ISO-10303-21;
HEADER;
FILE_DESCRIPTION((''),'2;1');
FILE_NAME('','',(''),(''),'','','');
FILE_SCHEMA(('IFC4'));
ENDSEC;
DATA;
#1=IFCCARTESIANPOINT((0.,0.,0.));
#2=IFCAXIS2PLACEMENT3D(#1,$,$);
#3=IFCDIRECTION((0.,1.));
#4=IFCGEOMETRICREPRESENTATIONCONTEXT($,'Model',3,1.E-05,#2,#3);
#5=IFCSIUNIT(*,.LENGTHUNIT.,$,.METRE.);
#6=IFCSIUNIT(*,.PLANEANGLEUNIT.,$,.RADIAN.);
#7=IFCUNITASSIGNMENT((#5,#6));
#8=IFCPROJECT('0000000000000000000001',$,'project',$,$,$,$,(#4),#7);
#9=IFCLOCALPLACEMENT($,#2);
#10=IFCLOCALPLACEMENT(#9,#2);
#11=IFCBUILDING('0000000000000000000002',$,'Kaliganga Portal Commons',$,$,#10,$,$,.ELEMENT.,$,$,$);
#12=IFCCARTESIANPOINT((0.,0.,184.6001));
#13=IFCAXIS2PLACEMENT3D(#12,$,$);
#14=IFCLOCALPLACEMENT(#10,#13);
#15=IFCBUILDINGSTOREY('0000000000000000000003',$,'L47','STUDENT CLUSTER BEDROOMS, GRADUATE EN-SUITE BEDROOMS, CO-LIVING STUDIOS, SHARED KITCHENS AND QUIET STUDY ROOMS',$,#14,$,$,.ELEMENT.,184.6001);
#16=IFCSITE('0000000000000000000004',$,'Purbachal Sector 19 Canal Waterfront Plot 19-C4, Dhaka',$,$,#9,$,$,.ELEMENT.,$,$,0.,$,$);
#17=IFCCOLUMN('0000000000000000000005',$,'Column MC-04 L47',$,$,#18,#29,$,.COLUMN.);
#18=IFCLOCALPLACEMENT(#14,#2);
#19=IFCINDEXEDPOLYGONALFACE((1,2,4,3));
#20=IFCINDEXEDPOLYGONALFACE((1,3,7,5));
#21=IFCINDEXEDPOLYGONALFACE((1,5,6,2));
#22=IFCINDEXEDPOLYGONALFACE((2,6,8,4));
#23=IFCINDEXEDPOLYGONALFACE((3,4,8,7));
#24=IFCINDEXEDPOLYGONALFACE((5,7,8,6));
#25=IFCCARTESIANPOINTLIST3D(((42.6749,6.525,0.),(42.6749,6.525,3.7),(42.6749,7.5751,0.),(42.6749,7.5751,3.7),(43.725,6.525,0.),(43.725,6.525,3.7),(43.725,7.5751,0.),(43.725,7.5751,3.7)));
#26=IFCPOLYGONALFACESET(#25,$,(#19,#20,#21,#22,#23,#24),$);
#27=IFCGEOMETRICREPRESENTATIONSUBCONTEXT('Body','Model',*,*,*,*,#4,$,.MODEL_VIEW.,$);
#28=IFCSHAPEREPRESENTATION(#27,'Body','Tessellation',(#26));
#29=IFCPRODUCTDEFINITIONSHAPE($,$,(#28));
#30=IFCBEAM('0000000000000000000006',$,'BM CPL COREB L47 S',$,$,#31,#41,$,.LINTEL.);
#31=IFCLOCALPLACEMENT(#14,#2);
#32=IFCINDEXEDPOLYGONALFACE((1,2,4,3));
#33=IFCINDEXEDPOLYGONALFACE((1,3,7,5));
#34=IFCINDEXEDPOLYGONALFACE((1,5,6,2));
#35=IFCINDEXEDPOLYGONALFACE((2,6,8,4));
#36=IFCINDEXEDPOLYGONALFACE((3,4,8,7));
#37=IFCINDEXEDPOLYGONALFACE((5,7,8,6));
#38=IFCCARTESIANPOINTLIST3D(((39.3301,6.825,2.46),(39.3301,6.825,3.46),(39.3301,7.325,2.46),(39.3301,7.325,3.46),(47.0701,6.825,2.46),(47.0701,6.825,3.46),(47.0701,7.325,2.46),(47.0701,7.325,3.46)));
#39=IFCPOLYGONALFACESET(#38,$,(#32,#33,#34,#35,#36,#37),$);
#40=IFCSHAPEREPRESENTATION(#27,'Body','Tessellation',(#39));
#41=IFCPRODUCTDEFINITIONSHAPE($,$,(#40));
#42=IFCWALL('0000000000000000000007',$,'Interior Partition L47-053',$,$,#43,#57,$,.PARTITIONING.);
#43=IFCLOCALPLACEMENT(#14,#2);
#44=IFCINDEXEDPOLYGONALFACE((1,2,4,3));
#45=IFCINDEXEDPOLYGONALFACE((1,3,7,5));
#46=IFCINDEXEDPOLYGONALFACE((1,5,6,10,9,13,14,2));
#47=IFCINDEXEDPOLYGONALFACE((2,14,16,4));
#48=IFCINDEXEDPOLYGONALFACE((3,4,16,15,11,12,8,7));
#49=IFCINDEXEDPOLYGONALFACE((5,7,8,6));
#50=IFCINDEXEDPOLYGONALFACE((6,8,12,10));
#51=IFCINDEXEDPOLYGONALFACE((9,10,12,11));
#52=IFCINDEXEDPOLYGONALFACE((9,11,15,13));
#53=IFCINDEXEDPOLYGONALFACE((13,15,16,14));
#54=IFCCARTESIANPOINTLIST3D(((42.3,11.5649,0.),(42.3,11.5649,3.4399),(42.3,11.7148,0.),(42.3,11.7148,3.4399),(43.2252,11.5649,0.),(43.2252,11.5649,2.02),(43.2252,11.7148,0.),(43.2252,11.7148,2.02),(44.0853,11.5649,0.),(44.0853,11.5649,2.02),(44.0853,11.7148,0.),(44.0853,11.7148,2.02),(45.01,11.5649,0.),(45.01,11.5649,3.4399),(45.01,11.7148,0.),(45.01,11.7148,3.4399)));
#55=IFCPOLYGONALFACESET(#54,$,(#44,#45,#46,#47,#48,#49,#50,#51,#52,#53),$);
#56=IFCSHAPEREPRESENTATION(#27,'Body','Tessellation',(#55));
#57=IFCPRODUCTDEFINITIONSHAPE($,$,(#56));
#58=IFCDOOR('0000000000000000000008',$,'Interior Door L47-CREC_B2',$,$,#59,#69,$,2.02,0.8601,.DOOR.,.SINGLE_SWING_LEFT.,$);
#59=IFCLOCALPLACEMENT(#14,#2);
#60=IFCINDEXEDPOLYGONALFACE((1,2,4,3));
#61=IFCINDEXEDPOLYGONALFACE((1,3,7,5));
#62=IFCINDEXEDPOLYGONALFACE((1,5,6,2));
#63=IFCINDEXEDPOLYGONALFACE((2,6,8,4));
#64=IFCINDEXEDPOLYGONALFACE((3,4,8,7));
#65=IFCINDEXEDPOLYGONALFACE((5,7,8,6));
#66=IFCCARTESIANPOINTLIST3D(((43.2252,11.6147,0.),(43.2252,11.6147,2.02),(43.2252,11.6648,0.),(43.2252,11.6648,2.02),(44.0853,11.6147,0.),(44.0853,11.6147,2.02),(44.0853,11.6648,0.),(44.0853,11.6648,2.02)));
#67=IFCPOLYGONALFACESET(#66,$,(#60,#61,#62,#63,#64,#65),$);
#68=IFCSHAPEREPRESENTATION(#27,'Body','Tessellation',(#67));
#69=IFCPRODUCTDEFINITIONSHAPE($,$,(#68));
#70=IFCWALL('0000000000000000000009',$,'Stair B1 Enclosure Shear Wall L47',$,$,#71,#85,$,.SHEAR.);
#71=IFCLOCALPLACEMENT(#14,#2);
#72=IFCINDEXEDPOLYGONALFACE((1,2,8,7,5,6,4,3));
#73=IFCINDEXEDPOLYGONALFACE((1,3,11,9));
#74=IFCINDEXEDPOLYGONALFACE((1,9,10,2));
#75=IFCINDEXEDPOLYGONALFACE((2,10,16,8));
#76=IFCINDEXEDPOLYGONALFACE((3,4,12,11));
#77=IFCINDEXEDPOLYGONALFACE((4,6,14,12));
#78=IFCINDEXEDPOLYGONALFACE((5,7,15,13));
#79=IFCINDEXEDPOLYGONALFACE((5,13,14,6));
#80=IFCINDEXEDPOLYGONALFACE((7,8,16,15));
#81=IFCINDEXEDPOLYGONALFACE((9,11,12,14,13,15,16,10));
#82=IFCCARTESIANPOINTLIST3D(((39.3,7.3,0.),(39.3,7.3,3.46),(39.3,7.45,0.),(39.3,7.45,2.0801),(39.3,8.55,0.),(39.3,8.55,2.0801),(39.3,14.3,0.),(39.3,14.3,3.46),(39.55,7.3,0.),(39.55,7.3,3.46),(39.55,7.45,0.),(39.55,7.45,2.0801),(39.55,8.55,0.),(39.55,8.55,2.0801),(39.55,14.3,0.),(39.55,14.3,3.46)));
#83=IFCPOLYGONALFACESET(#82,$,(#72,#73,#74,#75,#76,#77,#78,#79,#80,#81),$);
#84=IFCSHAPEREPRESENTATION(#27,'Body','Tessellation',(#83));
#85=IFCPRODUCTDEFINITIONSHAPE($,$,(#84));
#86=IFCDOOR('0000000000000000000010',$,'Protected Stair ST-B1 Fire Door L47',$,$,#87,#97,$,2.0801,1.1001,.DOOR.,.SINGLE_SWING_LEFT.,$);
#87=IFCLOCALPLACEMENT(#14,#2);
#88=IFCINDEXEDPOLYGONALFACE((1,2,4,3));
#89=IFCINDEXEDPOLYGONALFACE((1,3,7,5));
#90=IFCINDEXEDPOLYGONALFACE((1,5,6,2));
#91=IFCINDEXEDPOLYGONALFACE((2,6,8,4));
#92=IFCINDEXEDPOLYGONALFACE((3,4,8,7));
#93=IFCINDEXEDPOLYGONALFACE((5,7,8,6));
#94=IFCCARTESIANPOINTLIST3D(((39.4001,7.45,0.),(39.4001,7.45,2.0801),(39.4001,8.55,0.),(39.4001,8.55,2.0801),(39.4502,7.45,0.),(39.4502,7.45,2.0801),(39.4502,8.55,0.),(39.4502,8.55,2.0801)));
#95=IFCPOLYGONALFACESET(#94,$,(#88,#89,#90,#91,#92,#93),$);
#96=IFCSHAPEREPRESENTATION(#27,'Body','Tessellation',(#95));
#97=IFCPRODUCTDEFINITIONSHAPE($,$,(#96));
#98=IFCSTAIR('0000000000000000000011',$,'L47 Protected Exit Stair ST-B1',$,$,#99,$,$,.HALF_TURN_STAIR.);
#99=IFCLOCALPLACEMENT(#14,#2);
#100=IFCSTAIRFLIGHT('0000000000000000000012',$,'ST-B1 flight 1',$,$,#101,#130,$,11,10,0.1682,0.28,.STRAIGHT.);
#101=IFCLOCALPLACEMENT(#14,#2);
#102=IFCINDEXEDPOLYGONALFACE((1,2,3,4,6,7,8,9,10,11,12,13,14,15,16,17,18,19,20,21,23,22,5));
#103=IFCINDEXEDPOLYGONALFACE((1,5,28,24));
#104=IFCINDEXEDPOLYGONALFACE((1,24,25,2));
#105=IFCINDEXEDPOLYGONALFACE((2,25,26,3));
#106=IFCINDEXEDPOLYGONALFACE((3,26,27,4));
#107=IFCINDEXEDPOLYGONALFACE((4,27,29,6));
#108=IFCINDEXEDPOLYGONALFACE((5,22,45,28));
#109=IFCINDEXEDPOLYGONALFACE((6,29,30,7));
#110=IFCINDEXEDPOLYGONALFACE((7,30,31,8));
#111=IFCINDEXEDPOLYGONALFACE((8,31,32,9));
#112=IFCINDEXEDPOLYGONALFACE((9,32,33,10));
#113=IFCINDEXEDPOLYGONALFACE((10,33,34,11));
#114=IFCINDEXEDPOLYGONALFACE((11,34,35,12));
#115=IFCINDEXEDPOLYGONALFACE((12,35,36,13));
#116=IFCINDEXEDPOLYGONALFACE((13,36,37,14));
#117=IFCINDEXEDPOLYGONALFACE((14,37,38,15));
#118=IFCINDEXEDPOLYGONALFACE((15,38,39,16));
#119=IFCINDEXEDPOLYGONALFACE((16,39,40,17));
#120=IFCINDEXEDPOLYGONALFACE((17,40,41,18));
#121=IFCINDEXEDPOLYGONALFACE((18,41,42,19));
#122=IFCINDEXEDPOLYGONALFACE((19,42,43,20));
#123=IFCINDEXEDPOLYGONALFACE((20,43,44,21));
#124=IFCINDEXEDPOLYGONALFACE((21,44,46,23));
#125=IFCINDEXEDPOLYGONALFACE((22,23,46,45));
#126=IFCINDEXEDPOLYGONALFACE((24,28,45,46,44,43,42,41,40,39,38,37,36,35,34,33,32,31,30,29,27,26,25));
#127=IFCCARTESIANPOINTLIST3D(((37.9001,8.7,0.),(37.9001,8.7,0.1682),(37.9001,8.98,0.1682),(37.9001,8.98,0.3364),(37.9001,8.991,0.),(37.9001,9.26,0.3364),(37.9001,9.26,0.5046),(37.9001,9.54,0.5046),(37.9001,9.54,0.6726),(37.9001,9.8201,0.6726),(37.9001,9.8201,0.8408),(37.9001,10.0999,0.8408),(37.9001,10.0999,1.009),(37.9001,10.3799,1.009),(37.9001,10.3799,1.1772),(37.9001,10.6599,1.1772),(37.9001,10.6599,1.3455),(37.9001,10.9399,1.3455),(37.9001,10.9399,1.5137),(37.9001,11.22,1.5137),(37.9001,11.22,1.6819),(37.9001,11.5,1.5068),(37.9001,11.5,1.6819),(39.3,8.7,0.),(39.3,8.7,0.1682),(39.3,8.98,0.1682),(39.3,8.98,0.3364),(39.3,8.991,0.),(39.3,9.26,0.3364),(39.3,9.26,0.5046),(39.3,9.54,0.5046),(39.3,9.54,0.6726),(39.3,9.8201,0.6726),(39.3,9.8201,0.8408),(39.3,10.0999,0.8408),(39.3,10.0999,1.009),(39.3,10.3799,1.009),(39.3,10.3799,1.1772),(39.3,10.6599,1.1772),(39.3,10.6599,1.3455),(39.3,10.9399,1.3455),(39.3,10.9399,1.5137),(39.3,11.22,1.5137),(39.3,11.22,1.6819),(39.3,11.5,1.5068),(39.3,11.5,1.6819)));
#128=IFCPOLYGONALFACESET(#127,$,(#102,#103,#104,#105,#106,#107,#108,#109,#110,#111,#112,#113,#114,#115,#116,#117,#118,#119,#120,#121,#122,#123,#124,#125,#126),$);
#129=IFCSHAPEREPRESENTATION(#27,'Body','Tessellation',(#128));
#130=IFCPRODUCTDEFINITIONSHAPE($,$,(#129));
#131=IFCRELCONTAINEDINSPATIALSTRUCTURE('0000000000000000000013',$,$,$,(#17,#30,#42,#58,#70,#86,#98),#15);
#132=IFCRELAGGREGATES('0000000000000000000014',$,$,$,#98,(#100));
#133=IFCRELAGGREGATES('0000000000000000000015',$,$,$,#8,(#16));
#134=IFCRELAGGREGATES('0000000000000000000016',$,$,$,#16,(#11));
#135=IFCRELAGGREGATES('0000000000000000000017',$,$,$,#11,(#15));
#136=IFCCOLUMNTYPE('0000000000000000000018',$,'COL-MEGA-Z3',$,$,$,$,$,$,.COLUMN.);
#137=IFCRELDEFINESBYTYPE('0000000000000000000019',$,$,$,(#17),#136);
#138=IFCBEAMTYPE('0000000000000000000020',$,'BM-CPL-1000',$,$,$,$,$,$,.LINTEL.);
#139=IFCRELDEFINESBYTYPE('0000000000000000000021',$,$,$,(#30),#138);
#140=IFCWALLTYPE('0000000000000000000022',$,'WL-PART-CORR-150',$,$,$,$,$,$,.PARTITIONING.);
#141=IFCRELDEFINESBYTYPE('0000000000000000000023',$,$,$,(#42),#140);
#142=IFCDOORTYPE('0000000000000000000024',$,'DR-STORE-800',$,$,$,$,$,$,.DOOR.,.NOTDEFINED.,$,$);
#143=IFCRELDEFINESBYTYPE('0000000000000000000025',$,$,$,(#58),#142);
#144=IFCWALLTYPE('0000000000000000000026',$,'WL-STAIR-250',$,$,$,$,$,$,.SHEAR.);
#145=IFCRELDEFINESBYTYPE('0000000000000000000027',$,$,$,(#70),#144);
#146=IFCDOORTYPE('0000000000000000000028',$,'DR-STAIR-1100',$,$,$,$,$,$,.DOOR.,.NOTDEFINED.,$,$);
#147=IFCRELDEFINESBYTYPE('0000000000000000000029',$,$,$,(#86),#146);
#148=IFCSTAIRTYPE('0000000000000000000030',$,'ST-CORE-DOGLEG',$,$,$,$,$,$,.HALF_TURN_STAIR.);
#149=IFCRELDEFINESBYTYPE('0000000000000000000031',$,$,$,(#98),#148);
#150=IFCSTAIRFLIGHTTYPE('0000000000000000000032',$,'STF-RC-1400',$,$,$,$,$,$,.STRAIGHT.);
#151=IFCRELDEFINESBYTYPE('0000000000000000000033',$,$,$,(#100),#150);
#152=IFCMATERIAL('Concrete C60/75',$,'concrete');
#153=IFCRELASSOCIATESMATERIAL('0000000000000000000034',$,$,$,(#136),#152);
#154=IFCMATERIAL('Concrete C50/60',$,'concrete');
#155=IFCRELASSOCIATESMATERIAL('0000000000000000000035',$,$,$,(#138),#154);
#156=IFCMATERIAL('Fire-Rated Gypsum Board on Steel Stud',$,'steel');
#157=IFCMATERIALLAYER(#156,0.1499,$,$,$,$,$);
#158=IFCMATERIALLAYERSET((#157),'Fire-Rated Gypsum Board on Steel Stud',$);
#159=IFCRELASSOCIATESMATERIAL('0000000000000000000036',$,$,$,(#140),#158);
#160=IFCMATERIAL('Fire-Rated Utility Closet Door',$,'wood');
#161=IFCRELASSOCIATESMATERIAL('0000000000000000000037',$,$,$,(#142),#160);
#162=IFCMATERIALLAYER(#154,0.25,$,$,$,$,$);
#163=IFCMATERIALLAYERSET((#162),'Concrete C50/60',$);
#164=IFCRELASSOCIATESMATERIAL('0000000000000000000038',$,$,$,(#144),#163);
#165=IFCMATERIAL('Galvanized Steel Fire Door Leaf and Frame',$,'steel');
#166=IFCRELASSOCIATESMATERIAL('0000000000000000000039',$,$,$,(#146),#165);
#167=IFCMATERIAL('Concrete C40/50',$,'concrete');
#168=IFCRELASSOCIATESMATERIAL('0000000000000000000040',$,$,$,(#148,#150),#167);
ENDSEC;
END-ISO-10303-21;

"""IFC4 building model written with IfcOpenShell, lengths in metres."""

from ifc_helpers import new_model, si_unit, direction, frame, frame_2d, origin, origin_2d, place, context, subcontext, project, spatial, polyline, rectangle, outline, extrude, source, transform, mapped, material, layer, layer_set, material_profile, profile_set, type_object, element, fill, aggregate, save


model = new_model("IFC4")

# Units and contexts
model_context = context("Model", 3, precision=1e-05, world=origin(), true_north=direction((0.0, 1.0)))
body_context = subcontext(model_context, "Body", "Model", "MODEL_VIEW")
ifc_project = project(units=[si_unit("LENGTHUNIT", "METRE"), si_unit("PLANEANGLEUNIT", "RADIAN")], contexts=[model_context])

# Site, building, storey
site_placement = place(None, origin())
site = spatial("IfcSite", under=ifc_project, at=site_placement, Name="Purbachal Sector 19 Canal Waterfront Plot 19-C4, Dhaka", CompositionType="ELEMENT", RefElevation=0.0)
building_placement = place(site_placement, origin())
building = spatial("IfcBuilding", under=site, at=building_placement, Name="Kaliganga Portal Commons", CompositionType="ELEMENT")
storey_placement = place(building_placement, frame((0.0, 0.0, 184.6001)))
storey = spatial("IfcBuildingStorey", under=building, at=storey_placement, Name="L47", Description="STUDENT CLUSTER BEDROOMS, GRADUATE EN-SUITE BEDROOMS, CO-LIVING STUDIOS, SHARED KITCHENS AND QUIET STUDY ROOMS", CompositionType="ELEMENT", Elevation=184.6001)

# Column
ifc_material_1 = material(Name="Concrete C60/75", Category="concrete")
ifc_material_profile_1 = material_profile(ifc_material_1, rectangle(XDim=1.05, YDim=1.05, at=origin_2d()), Name="RC 1050x1050")
ifc_profile_set_1 = profile_set([ifc_material_profile_1], Name="Concrete C60/75")
column_type = type_object("IfcColumnType", Name="COL-MEGA-Z3", PredefinedType="COLUMN", material=ifc_profile_set_1)
shared_shape_1 = source(origin(), body_context, "Body", "SweptSolid", [
    extrude(rectangle(XDim=1.05, YDim=1.05, at=origin_2d()), origin(), (0.0, 0.0, 1.0), 3.7),
])
column_placement = place(storey_placement, frame((43.2, 7.05, 0.0), z_axis=(0.0, 0.0, 1.0), x_axis=(1.0, 0.0, 0.0)))
element("IfcColumn", 1, at=column_placement, inside=storey, type_object=column_type, Name="Column MC-04 L47", PredefinedType="COLUMN", context=body_context, shape_type="MappedRepresentation", body=[
    mapped(shared_shape_1, transform((0.0, 0.0, 0.0), x_axis=(1.0, 0.0, 0.0), y_axis=(0.0, 1.0, 0.0), z_axis=(0.0, 0.0, 1.0), scale=1.0)),
])

# Beam
ifc_material_2 = material(Name="Concrete C50/60", Category="concrete")
ifc_material_profile_2 = material_profile(ifc_material_2, rectangle(XDim=0.5, YDim=1.0, at=origin_2d()), Name="RC 500x1000")
ifc_profile_set_2 = profile_set([ifc_material_profile_2], Name="Concrete C50/60")
beam_type = type_object("IfcBeamType", Name="BM-CPL-1000", PredefinedType="LINTEL", material=ifc_profile_set_2)
shared_shape_2 = source(origin(), body_context, "Body", "SweptSolid", [
    extrude(rectangle(XDim=0.5, YDim=1.0, at=origin_2d()), origin(), (0.0, 0.0, 1.0), 7.74),
])
beam_placement = place(storey_placement, frame((39.3301, 7.075, 2.96), z_axis=(1.0, 0.0, 0.0), x_axis=(0.0, 1.0, 0.0)))
element("IfcBeam", 2, at=beam_placement, inside=storey, type_object=beam_type, Name="BM CPL COREB L47 S", PredefinedType="LINTEL", context=body_context, shape_type="MappedRepresentation", body=[
    mapped(shared_shape_2, transform((0.0, 0.0, 0.0), x_axis=(1.0, 0.0, 0.0), y_axis=(0.0, 1.0, 0.0), z_axis=(0.0, 0.0, 1.0), scale=1.0)),
])

# Walls, openings, doors
ifc_material_3 = material(Name="Fire-Rated Gypsum Board on Steel Stud", Category="steel")
ifc_layer_1 = layer(ifc_material_3, 0.1499)
ifc_layer_set_1 = layer_set([ifc_layer_1], Name="Fire-Rated Gypsum Board on Steel Stud")
wall_type_1 = type_object("IfcWallType", Name="WL-PART-CORR-150", PredefinedType="PARTITIONING", material=ifc_layer_set_1)
wall_1_placement = place(storey_placement, frame((42.3, 11.6399, 0.0), z_axis=(0.0, 0.0, 1.0), x_axis=(1.0, 0.0, 0.0)))
wall_1 = element("IfcWall", 3, at=wall_1_placement, inside=storey, type_object=wall_type_1, Name="Interior Partition L47-053", PredefinedType="PARTITIONING", context=body_context, shape_type="SweptSolid", body=[
    extrude(rectangle(XDim=2.71, YDim=0.1499, at=frame_2d((1.355, 0.0))), origin(), (0.0, 0.0, 1.0), 3.4399),
])
opening_1_placement = place(wall_1_placement, frame((0.925, 0.0, 0.0)))
opening_1 = element("IfcOpeningElement", 4, at=opening_1_placement, cuts=wall_1, PredefinedType="OPENING", context=body_context, shape_type="SweptSolid", body=[
    extrude(rectangle(XDim=0.8601, YDim=2.02, at=frame_2d((0.4302, 1.01))), frame((0.0, 0.085, 0.0), z_axis=(0.0, -1.0, 0.0), x_axis=(1.0, 0.0, 0.0)), (0.0, 0.0, 1.0), 0.1699),
])
ifc_material_4 = material(Name="Fire-Rated Utility Closet Door", Category="wood")
door_type_1 = type_object("IfcDoorType", Name="DR-STORE-800", OperationType="NOTDEFINED", PredefinedType="DOOR", material=ifc_material_4)
door_1_placement = place(opening_1_placement, origin())
door_1 = element("IfcDoor", 5, at=door_1_placement, inside=storey, type_object=door_type_1, Name="Interior Door L47-CREC_B2", OperationType="SINGLE_SWING_LEFT", OverallHeight=2.02, OverallWidth=0.8601, PredefinedType="DOOR", context=body_context, shape_type="SweptSolid", body=[
    extrude(rectangle(XDim=0.8601, YDim=2.02, at=frame_2d((0.4302, 1.01))), frame((0.0, 0.0249, 0.0), z_axis=(0.0, -1.0, 0.0), x_axis=(1.0, 0.0, 0.0)), (0.0, 0.0, 1.0), 0.05),
])
fill(opening_1, door_1)
ifc_layer_2 = layer(ifc_material_2, 0.25)
ifc_layer_set_2 = layer_set([ifc_layer_2], Name="Concrete C50/60")
wall_type_2 = type_object("IfcWallType", Name="WL-STAIR-250", PredefinedType="SHEAR", material=ifc_layer_set_2)
wall_2_placement = place(storey_placement, frame((39.425, 7.3, 0.0), z_axis=(0.0, 0.0, 1.0), x_axis=(0.0, 1.0, 0.0)))
wall_2 = element("IfcWall", 6, at=wall_2_placement, inside=storey, type_object=wall_type_2, Name="Stair B1 Enclosure Shear Wall L47", PredefinedType="SHEAR", context=body_context, shape_type="SweptSolid", body=[
    extrude(rectangle(XDim=7.0, YDim=0.25, at=frame_2d((3.5, 0.0))), origin(), (0.0, 0.0, 1.0), 3.46),
])
opening_2_placement = place(wall_2_placement, frame((0.1499, 0.0, 0.0)))
opening_2 = element("IfcOpeningElement", 7, at=opening_2_placement, cuts=wall_2, PredefinedType="OPENING", context=body_context, shape_type="SweptSolid", body=[
    extrude(rectangle(XDim=1.1001, YDim=2.0801, at=frame_2d((0.55, 1.04))), frame((0.0, 0.135, 0.0), z_axis=(0.0, -1.0, 0.0), x_axis=(1.0, 0.0, 0.0)), (0.0, 0.0, 1.0), 0.27),
])
ifc_material_5 = material(Name="Galvanized Steel Fire Door Leaf and Frame", Category="steel")
door_type_2 = type_object("IfcDoorType", Name="DR-STAIR-1100", OperationType="NOTDEFINED", PredefinedType="DOOR", material=ifc_material_5)
door_2_placement = place(opening_2_placement, origin())
door_2 = element("IfcDoor", 8, at=door_2_placement, inside=storey, type_object=door_type_2, Name="Protected Stair ST-B1 Fire Door L47", OperationType="SINGLE_SWING_LEFT", OverallHeight=2.0801, OverallWidth=1.1001, PredefinedType="DOOR", context=body_context, shape_type="SweptSolid", body=[
    extrude(rectangle(XDim=1.1001, YDim=2.0801, at=frame_2d((0.55, 1.04))), frame((0.0, 0.0249, 0.0), z_axis=(0.0, -1.0, 0.0), x_axis=(1.0, 0.0, 0.0)), (0.0, 0.0, 1.0), 0.05),
])
fill(opening_2, door_2)

# Stair, stair flight
ifc_material_6 = material(Name="Concrete C40/50", Category="concrete")
stair_type = type_object("IfcStairType", Name="ST-CORE-DOGLEG", PredefinedType="HALF_TURN_STAIR", material=ifc_material_6)
stair_placement = place(storey_placement, origin())
stair = element("IfcStair", 9, at=stair_placement, inside=storey, type_object=stair_type, Name="L47 Protected Exit Stair ST-B1", PredefinedType="HALF_TURN_STAIR")
stair_flight_type = type_object("IfcStairFlightType", Name="STF-RC-1400", PredefinedType="STRAIGHT", material=ifc_material_6)
stair_flight_placement = place(storey_placement, frame((38.6001, 8.7, 0.0), z_axis=(0.0, 0.0, 1.0), x_axis=(0.0, 1.0, 0.0)))
stair_flight = element("IfcStairFlight", 10, at=stair_flight_placement, type_object=stair_flight_type, Name="ST-B1 flight 1", NumberOfRisers=11, NumberOfTreads=10, PredefinedType="STRAIGHT", RiserHeight=0.1682, TreadLength=0.28, context=body_context, shape_type="SweptSolid", body=[
    extrude(outline(polyline([(0.0, 0.0), (0.0, 0.1682), (0.28, 0.1682), (0.28, 0.3364), (0.5601, 0.3364), (0.5601, 0.5046), (0.8401, 0.5046), (0.8401, 0.6726), (1.1201, 0.6726), (1.1201, 0.8408), (1.3999, 0.8408), (1.3999, 1.009), (1.6799, 1.009), (1.6799, 1.1772), (1.96, 1.1772), (1.96, 1.3455), (2.24, 1.3455), (2.24, 1.5137), (2.52, 1.5137), (2.52, 1.6819), (2.8, 1.6819), (2.8, 1.8501), (2.8, 1.5068), (0.291, 0.0), (0.0, 0.0)])), frame((0.0, 0.7, 0.0), z_axis=(0.0, -1.0, 0.0), x_axis=(1.0, 0.0, 0.0)), (0.0, 0.0, 1.0), 1.3999),
])
aggregate(stair, [stair_flight])

save(model, "model.ifc")
